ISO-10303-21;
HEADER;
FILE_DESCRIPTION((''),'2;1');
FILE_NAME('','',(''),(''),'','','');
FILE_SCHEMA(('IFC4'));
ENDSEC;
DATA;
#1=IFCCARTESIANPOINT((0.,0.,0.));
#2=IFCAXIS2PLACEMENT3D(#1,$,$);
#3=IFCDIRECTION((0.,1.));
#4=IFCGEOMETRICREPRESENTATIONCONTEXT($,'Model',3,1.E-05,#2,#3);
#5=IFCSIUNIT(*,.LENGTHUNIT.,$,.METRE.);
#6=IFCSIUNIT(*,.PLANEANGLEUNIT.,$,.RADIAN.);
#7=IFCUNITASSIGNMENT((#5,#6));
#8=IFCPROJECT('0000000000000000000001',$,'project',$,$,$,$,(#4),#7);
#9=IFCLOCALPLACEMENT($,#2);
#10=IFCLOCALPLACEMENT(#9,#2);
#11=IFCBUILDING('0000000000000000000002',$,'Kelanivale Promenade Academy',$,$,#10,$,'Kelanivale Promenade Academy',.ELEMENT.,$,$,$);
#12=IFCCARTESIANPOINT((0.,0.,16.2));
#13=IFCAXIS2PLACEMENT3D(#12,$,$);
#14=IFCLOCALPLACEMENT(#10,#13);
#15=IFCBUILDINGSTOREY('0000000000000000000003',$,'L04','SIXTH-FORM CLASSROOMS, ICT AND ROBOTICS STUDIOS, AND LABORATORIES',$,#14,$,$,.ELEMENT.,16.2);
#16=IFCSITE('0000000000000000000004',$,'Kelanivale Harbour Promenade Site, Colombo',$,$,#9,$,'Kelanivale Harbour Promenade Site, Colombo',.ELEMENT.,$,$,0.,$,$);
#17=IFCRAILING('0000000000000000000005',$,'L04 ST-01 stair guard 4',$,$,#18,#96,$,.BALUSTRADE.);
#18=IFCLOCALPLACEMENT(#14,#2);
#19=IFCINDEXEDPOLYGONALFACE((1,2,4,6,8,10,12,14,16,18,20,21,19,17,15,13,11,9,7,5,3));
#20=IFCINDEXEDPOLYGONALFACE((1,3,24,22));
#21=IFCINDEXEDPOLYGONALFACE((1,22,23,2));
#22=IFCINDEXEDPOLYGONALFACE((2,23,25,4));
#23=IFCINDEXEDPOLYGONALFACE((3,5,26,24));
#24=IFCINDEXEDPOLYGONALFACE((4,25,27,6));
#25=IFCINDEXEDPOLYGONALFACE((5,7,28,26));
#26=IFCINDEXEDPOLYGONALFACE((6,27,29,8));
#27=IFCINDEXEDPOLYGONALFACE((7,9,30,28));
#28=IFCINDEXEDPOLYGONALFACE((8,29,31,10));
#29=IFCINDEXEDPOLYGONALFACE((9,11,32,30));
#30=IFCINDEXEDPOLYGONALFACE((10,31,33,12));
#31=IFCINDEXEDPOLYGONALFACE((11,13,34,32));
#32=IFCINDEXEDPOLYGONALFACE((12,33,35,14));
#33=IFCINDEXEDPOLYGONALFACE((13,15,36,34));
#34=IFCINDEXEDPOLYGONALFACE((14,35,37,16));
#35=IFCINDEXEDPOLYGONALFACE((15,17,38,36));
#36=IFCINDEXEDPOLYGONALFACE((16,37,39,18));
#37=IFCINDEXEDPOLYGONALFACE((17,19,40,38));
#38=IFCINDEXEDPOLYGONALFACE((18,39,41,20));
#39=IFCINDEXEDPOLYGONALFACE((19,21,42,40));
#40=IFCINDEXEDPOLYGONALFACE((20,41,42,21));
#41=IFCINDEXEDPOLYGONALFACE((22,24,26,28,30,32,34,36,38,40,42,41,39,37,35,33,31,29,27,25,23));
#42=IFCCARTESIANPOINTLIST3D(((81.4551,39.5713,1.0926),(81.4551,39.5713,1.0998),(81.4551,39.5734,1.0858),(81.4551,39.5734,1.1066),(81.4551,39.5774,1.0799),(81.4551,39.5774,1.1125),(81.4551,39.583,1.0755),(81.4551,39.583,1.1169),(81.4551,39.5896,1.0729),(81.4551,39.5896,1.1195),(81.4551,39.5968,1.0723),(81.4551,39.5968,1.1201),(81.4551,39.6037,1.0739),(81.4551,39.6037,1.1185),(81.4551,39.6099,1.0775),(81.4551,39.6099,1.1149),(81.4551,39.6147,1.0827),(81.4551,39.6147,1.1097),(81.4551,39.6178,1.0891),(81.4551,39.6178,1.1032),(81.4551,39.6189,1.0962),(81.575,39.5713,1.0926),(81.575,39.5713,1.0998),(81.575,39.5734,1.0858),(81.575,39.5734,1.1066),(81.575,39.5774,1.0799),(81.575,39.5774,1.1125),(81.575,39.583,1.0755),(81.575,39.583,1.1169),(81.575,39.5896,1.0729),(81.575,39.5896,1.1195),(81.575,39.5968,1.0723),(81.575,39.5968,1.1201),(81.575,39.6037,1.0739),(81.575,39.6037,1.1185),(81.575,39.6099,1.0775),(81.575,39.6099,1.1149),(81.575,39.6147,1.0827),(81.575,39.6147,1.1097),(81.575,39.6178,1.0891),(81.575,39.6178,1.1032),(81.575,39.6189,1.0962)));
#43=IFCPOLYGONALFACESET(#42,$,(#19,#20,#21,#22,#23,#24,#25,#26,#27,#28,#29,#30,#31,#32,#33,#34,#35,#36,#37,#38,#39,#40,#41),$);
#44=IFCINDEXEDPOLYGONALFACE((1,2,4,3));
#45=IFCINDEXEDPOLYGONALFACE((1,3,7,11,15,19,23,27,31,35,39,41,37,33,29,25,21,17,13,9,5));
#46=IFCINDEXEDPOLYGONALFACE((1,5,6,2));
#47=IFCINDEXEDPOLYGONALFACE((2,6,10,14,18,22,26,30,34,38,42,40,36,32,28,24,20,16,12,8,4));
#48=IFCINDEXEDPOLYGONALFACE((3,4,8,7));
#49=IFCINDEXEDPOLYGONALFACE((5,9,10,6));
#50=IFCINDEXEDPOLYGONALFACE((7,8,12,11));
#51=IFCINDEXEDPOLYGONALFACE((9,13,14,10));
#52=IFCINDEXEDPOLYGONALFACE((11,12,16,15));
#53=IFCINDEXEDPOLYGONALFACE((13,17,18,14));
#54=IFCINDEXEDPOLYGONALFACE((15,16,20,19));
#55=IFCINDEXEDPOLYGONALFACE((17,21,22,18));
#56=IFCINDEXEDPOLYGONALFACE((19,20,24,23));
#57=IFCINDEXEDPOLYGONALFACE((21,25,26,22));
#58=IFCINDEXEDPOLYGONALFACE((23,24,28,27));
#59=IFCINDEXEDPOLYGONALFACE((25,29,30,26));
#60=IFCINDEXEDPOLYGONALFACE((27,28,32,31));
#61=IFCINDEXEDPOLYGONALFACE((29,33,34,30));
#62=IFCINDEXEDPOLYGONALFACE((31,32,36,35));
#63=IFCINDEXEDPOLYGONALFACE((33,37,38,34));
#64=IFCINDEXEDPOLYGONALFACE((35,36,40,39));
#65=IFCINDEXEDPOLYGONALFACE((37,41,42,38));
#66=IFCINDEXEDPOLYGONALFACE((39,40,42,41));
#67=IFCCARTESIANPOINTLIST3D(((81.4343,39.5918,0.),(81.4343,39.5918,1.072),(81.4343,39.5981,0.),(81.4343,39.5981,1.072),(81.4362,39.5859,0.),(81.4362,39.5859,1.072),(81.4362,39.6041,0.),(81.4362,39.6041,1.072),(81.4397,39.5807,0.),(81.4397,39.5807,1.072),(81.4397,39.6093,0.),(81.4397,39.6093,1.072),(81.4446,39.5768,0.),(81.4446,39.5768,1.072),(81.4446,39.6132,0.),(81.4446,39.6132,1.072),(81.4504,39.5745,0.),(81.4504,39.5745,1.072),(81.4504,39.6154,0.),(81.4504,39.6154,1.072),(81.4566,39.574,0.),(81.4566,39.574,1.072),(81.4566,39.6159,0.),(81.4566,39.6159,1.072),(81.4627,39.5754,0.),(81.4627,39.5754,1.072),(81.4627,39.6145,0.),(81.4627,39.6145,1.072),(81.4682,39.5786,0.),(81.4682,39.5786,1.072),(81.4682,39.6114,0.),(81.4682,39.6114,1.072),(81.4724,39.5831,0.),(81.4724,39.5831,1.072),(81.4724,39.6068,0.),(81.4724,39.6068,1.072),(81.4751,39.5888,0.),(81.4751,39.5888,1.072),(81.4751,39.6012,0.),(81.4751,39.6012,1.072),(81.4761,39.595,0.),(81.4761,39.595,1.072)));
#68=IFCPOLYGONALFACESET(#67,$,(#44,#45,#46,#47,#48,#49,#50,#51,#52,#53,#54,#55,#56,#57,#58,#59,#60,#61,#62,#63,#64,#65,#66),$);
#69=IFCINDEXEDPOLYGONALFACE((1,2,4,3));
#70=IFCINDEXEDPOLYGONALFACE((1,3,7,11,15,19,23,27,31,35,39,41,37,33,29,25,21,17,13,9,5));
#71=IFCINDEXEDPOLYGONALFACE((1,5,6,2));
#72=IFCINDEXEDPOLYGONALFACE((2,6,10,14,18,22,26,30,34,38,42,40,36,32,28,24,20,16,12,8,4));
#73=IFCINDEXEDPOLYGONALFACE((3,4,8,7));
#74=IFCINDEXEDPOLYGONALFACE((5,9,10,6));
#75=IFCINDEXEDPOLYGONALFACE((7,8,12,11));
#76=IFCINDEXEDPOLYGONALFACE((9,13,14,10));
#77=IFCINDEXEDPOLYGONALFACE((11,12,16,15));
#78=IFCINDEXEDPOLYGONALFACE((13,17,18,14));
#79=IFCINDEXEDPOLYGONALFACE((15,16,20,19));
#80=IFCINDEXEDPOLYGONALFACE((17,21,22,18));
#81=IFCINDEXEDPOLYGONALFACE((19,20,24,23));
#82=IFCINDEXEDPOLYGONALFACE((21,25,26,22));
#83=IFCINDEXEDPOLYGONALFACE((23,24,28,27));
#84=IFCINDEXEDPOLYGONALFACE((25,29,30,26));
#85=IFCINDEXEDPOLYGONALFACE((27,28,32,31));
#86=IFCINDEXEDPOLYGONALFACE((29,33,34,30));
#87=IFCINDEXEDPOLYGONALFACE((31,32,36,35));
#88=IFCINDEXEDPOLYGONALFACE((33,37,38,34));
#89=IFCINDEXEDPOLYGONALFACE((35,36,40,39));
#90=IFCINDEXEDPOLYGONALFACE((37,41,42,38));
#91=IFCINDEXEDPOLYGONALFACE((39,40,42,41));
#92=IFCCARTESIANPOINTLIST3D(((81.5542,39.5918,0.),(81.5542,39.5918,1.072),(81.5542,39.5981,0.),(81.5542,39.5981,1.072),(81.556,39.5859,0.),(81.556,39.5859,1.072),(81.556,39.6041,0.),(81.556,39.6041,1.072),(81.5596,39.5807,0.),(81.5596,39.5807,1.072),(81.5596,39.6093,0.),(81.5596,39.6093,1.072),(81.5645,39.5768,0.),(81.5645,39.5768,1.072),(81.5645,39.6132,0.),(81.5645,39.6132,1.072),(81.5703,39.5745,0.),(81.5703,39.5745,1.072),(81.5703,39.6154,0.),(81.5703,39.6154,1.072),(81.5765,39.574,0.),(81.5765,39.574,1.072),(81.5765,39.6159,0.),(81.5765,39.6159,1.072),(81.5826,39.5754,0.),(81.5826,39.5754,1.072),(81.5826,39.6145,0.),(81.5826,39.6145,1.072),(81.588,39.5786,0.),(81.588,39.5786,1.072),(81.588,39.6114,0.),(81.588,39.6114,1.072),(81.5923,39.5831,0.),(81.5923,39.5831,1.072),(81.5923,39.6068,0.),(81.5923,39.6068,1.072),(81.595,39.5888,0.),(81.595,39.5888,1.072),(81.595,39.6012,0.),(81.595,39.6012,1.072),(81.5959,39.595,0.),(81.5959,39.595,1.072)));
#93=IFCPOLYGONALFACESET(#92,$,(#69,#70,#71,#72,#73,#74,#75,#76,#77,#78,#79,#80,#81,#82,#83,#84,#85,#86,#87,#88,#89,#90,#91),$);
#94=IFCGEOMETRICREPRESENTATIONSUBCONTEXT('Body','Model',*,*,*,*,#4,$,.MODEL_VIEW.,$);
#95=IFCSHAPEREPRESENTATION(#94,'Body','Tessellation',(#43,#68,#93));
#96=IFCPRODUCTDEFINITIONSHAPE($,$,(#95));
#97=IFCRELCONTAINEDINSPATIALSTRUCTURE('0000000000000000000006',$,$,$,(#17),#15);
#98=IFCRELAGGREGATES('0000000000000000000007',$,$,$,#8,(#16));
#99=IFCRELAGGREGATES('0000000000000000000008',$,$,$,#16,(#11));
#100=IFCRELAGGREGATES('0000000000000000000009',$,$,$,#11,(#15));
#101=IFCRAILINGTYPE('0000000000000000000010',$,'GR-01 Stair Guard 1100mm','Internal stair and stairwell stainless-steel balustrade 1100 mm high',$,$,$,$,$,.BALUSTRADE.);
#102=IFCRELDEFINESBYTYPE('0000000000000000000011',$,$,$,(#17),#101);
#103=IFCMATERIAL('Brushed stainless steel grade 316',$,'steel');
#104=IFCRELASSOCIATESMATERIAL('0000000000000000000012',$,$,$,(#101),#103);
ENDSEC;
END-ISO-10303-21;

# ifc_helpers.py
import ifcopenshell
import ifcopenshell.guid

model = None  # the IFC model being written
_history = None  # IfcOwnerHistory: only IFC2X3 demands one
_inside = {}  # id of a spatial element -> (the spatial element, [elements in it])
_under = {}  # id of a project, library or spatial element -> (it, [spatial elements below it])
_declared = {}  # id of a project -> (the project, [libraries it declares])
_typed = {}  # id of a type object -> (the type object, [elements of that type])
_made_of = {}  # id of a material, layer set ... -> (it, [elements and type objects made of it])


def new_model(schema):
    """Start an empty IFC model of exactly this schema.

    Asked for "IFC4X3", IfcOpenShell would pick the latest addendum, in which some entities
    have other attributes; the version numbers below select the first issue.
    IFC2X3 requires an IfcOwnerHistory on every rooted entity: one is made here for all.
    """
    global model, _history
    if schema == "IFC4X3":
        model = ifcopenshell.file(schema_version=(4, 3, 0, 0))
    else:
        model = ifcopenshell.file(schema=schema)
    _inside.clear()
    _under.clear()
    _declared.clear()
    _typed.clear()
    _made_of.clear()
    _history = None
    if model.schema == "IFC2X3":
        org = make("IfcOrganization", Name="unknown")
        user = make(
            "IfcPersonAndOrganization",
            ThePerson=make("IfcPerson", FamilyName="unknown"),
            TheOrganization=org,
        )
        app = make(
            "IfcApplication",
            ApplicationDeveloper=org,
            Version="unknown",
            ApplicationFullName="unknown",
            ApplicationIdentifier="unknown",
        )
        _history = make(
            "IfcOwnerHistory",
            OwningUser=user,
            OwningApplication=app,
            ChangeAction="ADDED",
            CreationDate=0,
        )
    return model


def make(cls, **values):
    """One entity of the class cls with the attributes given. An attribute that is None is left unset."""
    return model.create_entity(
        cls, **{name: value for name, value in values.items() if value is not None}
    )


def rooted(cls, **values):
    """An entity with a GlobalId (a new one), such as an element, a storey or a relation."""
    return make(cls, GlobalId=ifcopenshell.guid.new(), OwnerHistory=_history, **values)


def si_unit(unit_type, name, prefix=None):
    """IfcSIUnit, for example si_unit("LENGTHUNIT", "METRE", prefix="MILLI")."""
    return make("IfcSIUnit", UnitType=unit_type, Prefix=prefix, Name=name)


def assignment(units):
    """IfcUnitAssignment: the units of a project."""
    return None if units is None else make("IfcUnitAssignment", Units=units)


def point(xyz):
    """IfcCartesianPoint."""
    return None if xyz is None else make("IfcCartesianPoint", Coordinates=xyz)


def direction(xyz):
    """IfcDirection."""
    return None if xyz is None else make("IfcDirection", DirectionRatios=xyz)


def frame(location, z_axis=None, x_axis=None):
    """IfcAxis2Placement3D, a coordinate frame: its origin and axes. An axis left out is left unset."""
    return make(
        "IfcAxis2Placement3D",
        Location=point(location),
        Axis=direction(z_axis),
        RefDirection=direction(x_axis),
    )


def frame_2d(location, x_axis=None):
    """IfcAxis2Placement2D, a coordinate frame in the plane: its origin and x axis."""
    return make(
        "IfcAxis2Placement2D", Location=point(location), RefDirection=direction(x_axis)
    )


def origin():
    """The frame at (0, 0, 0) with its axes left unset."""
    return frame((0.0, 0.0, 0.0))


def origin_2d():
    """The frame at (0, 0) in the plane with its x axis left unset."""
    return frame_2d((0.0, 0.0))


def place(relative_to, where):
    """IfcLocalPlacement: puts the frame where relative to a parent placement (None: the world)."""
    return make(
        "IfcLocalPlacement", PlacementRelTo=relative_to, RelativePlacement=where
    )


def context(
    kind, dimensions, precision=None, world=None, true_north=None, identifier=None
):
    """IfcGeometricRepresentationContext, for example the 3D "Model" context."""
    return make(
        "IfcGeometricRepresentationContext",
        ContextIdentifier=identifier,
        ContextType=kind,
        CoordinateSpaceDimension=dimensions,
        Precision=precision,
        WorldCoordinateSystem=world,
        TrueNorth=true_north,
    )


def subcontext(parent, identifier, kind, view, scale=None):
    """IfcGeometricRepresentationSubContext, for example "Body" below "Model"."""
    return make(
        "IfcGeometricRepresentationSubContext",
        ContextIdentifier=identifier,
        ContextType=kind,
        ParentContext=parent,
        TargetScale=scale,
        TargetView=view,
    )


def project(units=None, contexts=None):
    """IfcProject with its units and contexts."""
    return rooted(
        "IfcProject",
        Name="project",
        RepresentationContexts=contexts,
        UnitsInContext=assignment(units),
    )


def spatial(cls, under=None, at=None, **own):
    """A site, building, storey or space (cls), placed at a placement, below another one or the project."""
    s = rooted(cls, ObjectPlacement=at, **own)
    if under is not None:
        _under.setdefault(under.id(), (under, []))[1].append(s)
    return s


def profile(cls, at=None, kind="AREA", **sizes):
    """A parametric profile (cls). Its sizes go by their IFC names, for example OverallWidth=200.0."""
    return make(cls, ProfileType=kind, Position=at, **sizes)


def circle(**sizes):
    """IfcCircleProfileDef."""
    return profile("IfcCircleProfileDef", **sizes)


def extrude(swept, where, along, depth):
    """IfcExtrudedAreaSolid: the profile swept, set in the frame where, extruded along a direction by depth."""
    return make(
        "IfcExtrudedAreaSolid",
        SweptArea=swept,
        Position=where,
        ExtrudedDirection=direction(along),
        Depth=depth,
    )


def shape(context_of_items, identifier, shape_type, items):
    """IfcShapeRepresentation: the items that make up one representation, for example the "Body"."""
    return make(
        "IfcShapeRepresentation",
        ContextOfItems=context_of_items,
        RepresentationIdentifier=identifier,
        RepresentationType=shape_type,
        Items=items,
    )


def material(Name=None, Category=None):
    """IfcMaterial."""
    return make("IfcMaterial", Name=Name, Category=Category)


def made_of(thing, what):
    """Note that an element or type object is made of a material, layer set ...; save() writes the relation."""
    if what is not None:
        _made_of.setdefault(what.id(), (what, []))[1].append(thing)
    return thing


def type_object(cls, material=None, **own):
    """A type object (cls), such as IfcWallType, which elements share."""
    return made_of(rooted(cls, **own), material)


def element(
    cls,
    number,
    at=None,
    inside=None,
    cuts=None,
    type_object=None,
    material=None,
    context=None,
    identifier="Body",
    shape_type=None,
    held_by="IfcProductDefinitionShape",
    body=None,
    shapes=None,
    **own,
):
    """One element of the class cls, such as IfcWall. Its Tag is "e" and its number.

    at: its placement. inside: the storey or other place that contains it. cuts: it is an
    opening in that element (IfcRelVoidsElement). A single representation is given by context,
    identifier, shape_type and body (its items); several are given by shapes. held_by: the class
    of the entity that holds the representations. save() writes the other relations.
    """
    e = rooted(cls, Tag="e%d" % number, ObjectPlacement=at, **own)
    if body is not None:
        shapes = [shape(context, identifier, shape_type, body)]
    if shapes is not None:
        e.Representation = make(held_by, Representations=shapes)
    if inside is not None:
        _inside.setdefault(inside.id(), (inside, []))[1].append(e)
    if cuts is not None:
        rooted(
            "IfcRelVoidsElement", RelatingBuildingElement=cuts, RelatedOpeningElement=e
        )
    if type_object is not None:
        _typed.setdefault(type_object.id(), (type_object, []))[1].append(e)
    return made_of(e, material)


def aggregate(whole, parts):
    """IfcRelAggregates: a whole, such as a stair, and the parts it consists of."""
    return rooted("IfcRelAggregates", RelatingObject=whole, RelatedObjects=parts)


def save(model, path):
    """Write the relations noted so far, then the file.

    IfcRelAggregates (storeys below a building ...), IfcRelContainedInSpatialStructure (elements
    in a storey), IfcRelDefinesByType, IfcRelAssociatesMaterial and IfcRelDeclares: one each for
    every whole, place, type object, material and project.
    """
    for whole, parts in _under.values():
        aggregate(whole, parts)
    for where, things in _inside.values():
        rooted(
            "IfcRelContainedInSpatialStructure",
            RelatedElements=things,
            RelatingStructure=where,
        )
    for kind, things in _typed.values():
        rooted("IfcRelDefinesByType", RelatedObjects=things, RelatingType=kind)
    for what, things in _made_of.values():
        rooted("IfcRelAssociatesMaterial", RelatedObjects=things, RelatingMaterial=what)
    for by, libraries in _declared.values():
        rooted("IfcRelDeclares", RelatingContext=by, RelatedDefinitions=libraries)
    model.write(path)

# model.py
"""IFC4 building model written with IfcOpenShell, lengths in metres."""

from ifc_helpers import new_model, si_unit, direction, frame, origin, origin_2d, place, context, subcontext, project, spatial, circle, extrude, material, type_object, element, save


model = new_model("IFC4")

# Units and contexts
model_context = context("Model", 3, precision=1e-05, world=origin(), true_north=direction((0.0, 1.0)))
body_context = subcontext(model_context, "Body", "Model", "MODEL_VIEW")
ifc_project = project(units=[si_unit("LENGTHUNIT", "METRE"), si_unit("PLANEANGLEUNIT", "RADIAN")], contexts=[model_context])

# Site, building, storey
site_placement = place(None, origin())
site = spatial("IfcSite", under=ifc_project, at=site_placement, Name="Kelanivale Harbour Promenade Site, Colombo", LongName="Kelanivale Harbour Promenade Site, Colombo", CompositionType="ELEMENT", RefElevation=0.0)
building_placement = place(site_placement, origin())
building = spatial("IfcBuilding", under=site, at=building_placement, Name="Kelanivale Promenade Academy", LongName="Kelanivale Promenade Academy", CompositionType="ELEMENT")
storey_placement = place(building_placement, frame((0.0, 0.0, 16.2)))
storey = spatial("IfcBuildingStorey", under=building, at=storey_placement, Name="L04", Description="SIXTH-FORM CLASSROOMS, ICT AND ROBOTICS STUDIOS, AND LABORATORIES", CompositionType="ELEMENT", Elevation=16.2)

# Railing
ifc_material_1 = material(Name="Brushed stainless steel grade 316", Category="steel")
railing_type_1 = type_object("IfcRailingType", Name="GR-01 Stair Guard 1100mm", Description="Internal stair and stairwell stainless-steel balustrade 1100 mm high", PredefinedType="BALUSTRADE", material=ifc_material_1)
railing_1_placement = place(storey_placement, frame((81.4551, 39.595, 0.0)))
element("IfcRailing", 1, at=railing_1_placement, inside=storey, type_object=railing_type_1, Name="L04 ST-01 stair guard 4", PredefinedType="BALUSTRADE", context=body_context, shape_type="SweptSolid", body=[
    extrude(circle(Radius=0.0239, at=origin_2d()), frame((0.0, 0.0, 1.0962), z_axis=(1.0, 0.0, 0.0), x_axis=(0.0, 1.0, 0.0)), (0.0, 0.0, 1.0), 0.1199),
    extrude(circle(Radius=0.021, at=origin_2d()), origin(), (0.0, 0.0, 1.0), 1.072),
    extrude(circle(Radius=0.021, at=origin_2d()), frame((0.1199, 0.0, 0.0)), (0.0, 0.0, 1.0), 1.072),
])

save(model, "model.ifc")
